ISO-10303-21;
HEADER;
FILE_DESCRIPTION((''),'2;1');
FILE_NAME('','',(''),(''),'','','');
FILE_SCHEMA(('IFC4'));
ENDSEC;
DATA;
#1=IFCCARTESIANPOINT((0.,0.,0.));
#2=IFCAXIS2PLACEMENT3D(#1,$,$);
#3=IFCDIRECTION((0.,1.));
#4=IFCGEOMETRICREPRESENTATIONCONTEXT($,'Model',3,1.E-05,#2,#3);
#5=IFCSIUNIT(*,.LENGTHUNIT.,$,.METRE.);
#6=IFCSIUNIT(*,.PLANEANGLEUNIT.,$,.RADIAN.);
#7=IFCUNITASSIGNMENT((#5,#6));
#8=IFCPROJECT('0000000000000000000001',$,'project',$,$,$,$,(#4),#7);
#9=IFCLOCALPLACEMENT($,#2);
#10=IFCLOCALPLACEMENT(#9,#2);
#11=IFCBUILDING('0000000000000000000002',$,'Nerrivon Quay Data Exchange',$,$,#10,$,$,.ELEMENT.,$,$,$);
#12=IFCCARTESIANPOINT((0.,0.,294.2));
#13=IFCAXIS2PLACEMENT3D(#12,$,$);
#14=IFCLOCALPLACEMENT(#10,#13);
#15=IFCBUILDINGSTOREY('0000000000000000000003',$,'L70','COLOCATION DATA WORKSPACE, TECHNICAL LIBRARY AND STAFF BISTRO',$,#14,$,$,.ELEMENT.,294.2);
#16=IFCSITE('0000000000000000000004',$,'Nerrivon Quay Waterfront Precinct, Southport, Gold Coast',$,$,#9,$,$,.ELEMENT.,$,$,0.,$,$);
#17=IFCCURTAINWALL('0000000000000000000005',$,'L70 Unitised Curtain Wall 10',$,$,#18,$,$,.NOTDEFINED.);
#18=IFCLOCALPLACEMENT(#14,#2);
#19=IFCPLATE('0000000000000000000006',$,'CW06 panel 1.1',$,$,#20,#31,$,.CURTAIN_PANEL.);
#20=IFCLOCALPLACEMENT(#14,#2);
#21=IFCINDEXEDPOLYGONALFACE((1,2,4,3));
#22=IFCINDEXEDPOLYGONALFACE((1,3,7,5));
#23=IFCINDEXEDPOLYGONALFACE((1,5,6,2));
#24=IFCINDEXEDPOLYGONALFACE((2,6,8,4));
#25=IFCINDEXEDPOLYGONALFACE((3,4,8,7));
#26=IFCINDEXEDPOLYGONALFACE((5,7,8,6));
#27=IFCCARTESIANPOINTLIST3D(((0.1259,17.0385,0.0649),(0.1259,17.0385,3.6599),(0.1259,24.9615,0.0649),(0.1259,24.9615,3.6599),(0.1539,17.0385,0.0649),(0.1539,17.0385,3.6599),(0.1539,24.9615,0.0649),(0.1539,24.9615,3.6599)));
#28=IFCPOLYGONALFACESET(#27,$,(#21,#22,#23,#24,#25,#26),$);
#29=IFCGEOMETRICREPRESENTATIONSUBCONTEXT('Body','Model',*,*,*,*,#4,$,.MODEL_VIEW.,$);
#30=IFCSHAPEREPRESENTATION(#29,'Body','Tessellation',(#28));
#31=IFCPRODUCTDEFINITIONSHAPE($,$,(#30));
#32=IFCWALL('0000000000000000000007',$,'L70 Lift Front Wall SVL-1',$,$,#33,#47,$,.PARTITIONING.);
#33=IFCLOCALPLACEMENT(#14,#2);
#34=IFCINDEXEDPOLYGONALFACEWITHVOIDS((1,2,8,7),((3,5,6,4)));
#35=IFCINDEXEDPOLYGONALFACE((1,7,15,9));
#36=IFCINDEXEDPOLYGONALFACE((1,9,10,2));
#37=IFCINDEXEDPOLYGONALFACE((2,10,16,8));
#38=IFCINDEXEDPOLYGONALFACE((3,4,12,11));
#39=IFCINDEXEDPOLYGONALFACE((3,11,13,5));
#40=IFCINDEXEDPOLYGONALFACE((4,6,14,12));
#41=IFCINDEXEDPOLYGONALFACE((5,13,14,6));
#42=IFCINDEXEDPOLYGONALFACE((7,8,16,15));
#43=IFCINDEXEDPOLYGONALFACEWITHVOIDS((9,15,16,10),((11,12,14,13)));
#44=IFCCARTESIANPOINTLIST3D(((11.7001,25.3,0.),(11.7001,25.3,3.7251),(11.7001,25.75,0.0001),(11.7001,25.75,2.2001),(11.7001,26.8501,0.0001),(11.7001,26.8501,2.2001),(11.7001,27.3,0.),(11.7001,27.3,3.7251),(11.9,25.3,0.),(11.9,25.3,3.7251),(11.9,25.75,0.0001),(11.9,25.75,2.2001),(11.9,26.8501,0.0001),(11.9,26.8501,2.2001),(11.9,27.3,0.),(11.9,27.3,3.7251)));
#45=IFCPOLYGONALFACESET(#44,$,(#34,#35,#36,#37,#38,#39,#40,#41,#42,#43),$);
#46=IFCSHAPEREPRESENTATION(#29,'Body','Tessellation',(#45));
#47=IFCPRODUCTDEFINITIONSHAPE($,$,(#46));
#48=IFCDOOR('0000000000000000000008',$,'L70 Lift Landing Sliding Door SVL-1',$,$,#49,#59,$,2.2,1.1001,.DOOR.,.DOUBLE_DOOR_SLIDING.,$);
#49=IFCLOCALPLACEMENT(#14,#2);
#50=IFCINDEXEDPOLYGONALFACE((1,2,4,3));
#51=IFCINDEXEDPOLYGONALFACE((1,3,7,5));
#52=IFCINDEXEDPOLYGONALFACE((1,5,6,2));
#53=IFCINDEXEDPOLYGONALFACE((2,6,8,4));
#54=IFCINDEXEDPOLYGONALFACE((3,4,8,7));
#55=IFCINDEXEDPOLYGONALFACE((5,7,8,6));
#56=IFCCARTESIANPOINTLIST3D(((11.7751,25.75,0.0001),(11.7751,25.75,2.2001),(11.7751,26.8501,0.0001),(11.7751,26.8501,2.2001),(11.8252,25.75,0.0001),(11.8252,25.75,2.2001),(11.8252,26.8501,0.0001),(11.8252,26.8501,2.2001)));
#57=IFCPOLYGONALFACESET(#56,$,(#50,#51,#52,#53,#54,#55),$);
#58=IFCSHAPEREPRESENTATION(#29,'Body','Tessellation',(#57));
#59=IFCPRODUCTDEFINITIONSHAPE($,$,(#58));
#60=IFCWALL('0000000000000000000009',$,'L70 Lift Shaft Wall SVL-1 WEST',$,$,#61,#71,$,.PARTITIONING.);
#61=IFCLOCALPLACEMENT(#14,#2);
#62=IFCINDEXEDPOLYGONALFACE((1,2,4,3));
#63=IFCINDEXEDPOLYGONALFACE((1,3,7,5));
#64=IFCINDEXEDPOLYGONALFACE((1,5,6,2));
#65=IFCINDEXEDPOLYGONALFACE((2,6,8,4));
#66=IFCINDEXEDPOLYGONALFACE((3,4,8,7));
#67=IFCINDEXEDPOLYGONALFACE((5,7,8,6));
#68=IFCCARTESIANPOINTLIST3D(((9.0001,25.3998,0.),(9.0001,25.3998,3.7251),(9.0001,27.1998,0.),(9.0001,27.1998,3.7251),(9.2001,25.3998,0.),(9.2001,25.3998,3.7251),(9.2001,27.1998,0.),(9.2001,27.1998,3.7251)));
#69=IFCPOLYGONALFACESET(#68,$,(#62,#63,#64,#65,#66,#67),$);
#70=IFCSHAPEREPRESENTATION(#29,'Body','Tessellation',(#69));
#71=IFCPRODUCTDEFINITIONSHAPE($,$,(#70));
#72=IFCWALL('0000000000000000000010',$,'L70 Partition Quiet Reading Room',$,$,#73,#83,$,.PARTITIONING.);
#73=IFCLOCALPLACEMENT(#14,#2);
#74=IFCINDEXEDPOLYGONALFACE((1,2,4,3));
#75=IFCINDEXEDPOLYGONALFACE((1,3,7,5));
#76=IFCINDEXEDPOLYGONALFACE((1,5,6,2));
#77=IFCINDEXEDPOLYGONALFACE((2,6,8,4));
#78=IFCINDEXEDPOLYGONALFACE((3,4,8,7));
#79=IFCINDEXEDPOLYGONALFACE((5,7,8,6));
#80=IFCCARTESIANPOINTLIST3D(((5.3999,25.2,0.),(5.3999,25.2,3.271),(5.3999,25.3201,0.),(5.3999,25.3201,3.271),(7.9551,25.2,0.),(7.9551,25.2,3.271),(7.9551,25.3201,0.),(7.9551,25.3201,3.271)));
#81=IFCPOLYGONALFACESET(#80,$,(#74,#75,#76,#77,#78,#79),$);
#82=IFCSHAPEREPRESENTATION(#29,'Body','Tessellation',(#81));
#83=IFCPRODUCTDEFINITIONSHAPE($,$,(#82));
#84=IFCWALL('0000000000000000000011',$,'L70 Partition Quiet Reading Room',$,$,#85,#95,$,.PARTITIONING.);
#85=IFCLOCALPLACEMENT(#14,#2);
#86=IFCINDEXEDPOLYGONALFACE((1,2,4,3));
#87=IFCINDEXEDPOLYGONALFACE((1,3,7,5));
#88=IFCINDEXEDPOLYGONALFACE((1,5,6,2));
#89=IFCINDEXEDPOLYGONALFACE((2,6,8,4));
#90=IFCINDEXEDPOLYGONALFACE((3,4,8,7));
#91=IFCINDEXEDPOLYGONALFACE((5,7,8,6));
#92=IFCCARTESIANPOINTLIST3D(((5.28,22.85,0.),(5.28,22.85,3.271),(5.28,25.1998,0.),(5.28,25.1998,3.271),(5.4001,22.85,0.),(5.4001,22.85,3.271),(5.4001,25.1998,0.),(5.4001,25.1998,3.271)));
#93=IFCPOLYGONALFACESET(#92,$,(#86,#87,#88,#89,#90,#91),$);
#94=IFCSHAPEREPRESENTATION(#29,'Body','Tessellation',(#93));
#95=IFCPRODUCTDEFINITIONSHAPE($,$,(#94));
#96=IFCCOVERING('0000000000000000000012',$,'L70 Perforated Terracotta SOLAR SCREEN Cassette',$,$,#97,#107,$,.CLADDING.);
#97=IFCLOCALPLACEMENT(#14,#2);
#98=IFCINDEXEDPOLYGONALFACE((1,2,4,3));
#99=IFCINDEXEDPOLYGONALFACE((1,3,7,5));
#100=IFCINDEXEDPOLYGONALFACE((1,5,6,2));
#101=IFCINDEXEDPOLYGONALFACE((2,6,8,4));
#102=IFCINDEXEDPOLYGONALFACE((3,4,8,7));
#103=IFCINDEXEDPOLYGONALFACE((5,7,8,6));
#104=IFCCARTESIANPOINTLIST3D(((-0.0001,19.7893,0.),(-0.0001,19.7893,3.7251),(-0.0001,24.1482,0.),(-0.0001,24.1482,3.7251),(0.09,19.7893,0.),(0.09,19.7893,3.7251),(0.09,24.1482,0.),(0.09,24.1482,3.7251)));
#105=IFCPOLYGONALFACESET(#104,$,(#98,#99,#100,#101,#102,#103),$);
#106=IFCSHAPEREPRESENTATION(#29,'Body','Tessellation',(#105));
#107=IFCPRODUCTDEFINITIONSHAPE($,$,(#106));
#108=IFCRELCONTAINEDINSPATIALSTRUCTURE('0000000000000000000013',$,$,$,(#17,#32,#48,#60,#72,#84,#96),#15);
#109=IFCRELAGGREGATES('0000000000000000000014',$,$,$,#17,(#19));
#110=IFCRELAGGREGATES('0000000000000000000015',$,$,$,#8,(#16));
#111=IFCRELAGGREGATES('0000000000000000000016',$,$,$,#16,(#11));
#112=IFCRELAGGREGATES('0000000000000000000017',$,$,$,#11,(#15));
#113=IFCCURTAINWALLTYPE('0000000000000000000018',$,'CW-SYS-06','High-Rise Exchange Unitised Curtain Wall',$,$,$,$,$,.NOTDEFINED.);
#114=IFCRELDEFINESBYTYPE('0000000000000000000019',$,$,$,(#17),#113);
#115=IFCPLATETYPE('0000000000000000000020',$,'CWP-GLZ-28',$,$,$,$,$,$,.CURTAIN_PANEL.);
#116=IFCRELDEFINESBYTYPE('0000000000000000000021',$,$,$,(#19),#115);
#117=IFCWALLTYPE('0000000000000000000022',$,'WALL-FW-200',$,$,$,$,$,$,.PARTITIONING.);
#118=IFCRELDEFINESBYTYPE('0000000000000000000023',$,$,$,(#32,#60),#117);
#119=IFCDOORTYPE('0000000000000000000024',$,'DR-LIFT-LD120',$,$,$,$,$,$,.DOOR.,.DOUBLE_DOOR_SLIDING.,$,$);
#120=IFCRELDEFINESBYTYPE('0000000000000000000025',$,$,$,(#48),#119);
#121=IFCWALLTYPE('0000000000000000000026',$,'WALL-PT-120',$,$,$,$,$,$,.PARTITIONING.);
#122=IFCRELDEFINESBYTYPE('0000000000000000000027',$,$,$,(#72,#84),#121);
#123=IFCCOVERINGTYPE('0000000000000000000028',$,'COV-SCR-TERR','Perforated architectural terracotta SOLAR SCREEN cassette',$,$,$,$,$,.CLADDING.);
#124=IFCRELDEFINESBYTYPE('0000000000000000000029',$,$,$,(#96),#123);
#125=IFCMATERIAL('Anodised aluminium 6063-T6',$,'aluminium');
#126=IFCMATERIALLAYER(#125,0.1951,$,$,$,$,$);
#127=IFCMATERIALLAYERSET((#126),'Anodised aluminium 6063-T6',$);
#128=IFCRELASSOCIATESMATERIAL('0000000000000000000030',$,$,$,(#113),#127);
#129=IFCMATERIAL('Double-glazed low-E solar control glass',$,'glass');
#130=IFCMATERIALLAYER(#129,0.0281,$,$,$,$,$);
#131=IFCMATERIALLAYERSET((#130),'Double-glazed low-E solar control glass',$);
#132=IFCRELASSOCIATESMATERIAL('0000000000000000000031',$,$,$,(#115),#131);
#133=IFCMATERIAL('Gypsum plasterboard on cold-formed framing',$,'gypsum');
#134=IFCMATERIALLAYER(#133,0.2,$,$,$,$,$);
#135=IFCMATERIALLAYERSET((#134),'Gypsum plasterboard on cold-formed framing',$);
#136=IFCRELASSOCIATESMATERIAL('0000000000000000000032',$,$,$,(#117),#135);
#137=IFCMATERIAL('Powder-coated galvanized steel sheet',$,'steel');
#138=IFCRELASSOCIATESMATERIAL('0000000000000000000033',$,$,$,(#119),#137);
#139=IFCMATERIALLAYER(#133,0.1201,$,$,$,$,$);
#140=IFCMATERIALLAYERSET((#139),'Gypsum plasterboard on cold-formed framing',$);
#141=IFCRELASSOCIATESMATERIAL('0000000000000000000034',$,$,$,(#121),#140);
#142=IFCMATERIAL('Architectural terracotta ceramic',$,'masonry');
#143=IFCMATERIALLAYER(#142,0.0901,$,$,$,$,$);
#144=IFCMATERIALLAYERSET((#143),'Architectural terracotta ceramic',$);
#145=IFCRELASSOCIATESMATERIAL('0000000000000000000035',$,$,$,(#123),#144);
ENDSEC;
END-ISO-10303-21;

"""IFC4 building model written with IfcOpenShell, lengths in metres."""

from ifc_helpers import new_model, si_unit, direction, frame, frame_2d, origin, origin_2d, place, context, subcontext, project, spatial, rectangle, extrude, material, layer, layer_set, type_object, element, fill, aggregate, save


model = new_model("IFC4")

# Units and contexts
model_context = context("Model", 3, precision=1e-05, world=origin(), true_north=direction((0.0, 1.0)))
body_context = subcontext(model_context, "Body", "Model", "MODEL_VIEW")
ifc_project = project(units=[si_unit("LENGTHUNIT", "METRE"), si_unit("PLANEANGLEUNIT", "RADIAN")], contexts=[model_context])

# Site, building, storey
site_placement = place(None, origin())
site = spatial("IfcSite", under=ifc_project, at=site_placement, Name="Nerrivon Quay Waterfront Precinct, Southport, Gold Coast", CompositionType="ELEMENT", RefElevation=0.0)
building_placement = place(site_placement, origin())
building = spatial("IfcBuilding", under=site, at=building_placement, Name="Nerrivon Quay Data Exchange", CompositionType="ELEMENT")
storey_placement = place(building_placement, frame((0.0, 0.0, 294.2)))
storey = spatial("IfcBuildingStorey", under=building, at=storey_placement, Name="L70", Description="COLOCATION DATA WORKSPACE, TECHNICAL LIBRARY AND STAFF BISTRO", CompositionType="ELEMENT", Elevation=294.2)

# Curtain wall
ifc_material_1 = material(Name="Anodised aluminium 6063-T6", Category="aluminium")
ifc_layer_1 = layer(ifc_material_1, 0.1951)
ifc_layer_set_1 = layer_set([ifc_layer_1], Name="Anodised aluminium 6063-T6")
curtain_wall_type = type_object("IfcCurtainWallType", Name="CW-SYS-06", Description="High-Rise Exchange Unitised Curtain Wall", PredefinedType="NOTDEFINED", material=ifc_layer_set_1)
curtain_wall_1_placement = place(storey_placement, origin())
curtain_wall_1 = element("IfcCurtainWall", 1, at=curtain_wall_1_placement, inside=storey, type_object=curtain_wall_type, Name="L70 Unitised Curtain Wall 10", PredefinedType="NOTDEFINED")

# Plate
ifc_material_2 = material(Name="Double-glazed low-E solar control glass", Category="glass")
ifc_layer_2 = layer(ifc_material_2, 0.0281)
ifc_layer_set_2 = layer_set([ifc_layer_2], Name="Double-glazed low-E solar control glass")
plate_type = type_object("IfcPlateType", Name="CWP-GLZ-28", PredefinedType="CURTAIN_PANEL", material=ifc_layer_set_2)
plate_placement = place(storey_placement, frame((0.1399, 21.0, 0.0649), z_axis=(0.0, 0.0, 1.0), x_axis=(0.0, 1.0, 0.0)))
plate = element("IfcPlate", 2, at=plate_placement, type_object=plate_type, Name="CW06 panel 1.1", PredefinedType="CURTAIN_PANEL", context=body_context, shape_type="SweptSolid", body=[
    extrude(rectangle(XDim=7.9231, YDim=0.0281, at=origin_2d()), origin(), (0.0, 0.0, 1.0), 3.595),
])
aggregate(curtain_wall_1, [plate])

# Wall, opening, door
ifc_material_3 = material(Name="Powder-coated galvanized steel sheet", Category="steel")
ifc_material_4 = material(Name="Gypsum plasterboard on cold-formed framing", Category="gypsum")
ifc_layer_3 = layer(ifc_material_4, 0.2)
ifc_layer_set_3 = layer_set([ifc_layer_3], Name="Gypsum plasterboard on cold-formed framing")
wall_type_1 = type_object("IfcWallType", Name="WALL-FW-200", PredefinedType="PARTITIONING", material=ifc_layer_set_3)
wall_1_placement = place(storey_placement, frame((11.8, 25.3, 0.0), z_axis=(0.0, 0.0, 1.0), x_axis=(0.0, 1.0, 0.0)))
wall_1 = element("IfcWall", 3, at=wall_1_placement, inside=storey, type_object=wall_type_1, Name="L70 Lift Front Wall SVL-1", PredefinedType="PARTITIONING", context=body_context, shape_type="SweptSolid", body=[
    extrude(rectangle(XDim=2.0, YDim=0.2, at=frame_2d((1.0, 0.0))), origin(), (0.0, 0.0, 1.0), 3.7251),
])
opening_1_placement = place(wall_1_placement, frame((0.45, 0.0, 0.0)))
opening_1 = element("IfcOpeningElement", 4, at=opening_1_placement, cuts=wall_1, PredefinedType="OPENING", context=body_context, shape_type="SweptSolid", body=[
    extrude(rectangle(XDim=1.1001, YDim=2.2, at=frame_2d((0.55, 1.1001))), frame((0.0, 0.1099, 0.0), z_axis=(0.0, -1.0, 0.0), x_axis=(1.0, 0.0, 0.0)), (0.0, 0.0, 1.0), 0.22),
])
door_type_1 = type_object("IfcDoorType", Name="DR-LIFT-LD120", OperationType="DOUBLE_DOOR_SLIDING", PredefinedType="DOOR", material=ifc_material_3)
door_1_placement = place(opening_1_placement, origin())
door_1 = element("IfcDoor", 5, at=door_1_placement, inside=storey, type_object=door_type_1, Name="L70 Lift Landing Sliding Door SVL-1", OperationType="DOUBLE_DOOR_SLIDING", OverallHeight=2.2, OverallWidth=1.1001, PredefinedType="DOOR", context=body_context, shape_type="SweptSolid", body=[
    extrude(rectangle(XDim=1.1001, YDim=2.2, at=frame_2d((0.55, 1.1001))), frame((0.0, 0.0249, 0.0), z_axis=(0.0, -1.0, 0.0), x_axis=(1.0, 0.0, 0.0)), (0.0, 0.0, 1.0), 0.05),
])
fill(opening_1, door_1)

# Walls
wall_2_placement = place(storey_placement, frame((9.1001, 25.3999, 0.0), z_axis=(0.0, 0.0, 1.0), x_axis=(0.0, 1.0, 0.0)))
element("IfcWall", 6, at=wall_2_placement, inside=storey, type_object=wall_type_1, Name="L70 Lift Shaft Wall SVL-1 WEST", PredefinedType="PARTITIONING", context=body_context, shape_type="SweptSolid", body=[
    extrude(rectangle(XDim=1.8, YDim=0.2, at=frame_2d((0.8999, 0.0))), origin(), (0.0, 0.0, 1.0), 3.7251),
])
ifc_layer_4 = layer(ifc_material_4, 0.1201)
ifc_layer_set_4 = layer_set([ifc_layer_4], Name="Gypsum plasterboard on cold-formed framing")
wall_type_2 = type_object("IfcWallType", Name="WALL-PT-120", PredefinedType="PARTITIONING", material=ifc_layer_set_4)
wall_3_placement = place(storey_placement, frame((5.3999, 25.26, 0.0), z_axis=(0.0, 0.0, 1.0), x_axis=(1.0, 0.0, 0.0)))
element("IfcWall", 7, at=wall_3_placement, inside=storey, type_object=wall_type_2, Name="L70 Partition Quiet Reading Room", PredefinedType="PARTITIONING", context=body_context, shape_type="SweptSolid", body=[
    extrude(rectangle(XDim=2.5552, YDim=0.1201, at=frame_2d((1.2776, 0.0))), origin(), (0.0, 0.0, 1.0), 3.271),
])
wall_4_placement = place(storey_placement, frame((5.3401, 22.8501, 0.0), z_axis=(0.0, 0.0, 1.0), x_axis=(0.0, 1.0, 0.0)))
element("IfcWall", 8, at=wall_4_placement, inside=storey, type_object=wall_type_2, Name="L70 Partition Quiet Reading Room", PredefinedType="PARTITIONING", context=body_context, shape_type="SweptSolid", body=[
    extrude(rectangle(XDim=2.3499, YDim=0.1201, at=frame_2d((1.1748, 0.0))), origin(), (0.0, 0.0, 1.0), 3.271),
])

# Covering
ifc_material_5 = material(Name="Architectural terracotta ceramic", Category="masonry")
ifc_layer_5 = layer(ifc_material_5, 0.0901)
ifc_layer_set_5 = layer_set([ifc_layer_5], Name="Architectural terracotta ceramic")
covering_type = type_object("IfcCoveringType", Name="COV-SCR-TERR", Description="Perforated architectural terracotta SOLAR SCREEN cassette", PredefinedType="CLADDING", material=ifc_layer_set_5)
covering_placement = place(storey_placement, frame((0.0449, 21.9688, 0.0), z_axis=(0.0, 0.0, 1.0), x_axis=(0.0, 1.0, 0.0)))
element("IfcCovering", 9, at=covering_placement, inside=storey, type_object=covering_type, Name="L70 Perforated Terracotta SOLAR SCREEN Cassette", PredefinedType="CLADDING", context=body_context, shape_type="SweptSolid", body=[
    extrude(rectangle(XDim=4.3589, YDim=0.0901, at=origin_2d()), origin(), (0.0, 0.0, 1.0), 3.7251),
])

save(model, "model.ifc")
